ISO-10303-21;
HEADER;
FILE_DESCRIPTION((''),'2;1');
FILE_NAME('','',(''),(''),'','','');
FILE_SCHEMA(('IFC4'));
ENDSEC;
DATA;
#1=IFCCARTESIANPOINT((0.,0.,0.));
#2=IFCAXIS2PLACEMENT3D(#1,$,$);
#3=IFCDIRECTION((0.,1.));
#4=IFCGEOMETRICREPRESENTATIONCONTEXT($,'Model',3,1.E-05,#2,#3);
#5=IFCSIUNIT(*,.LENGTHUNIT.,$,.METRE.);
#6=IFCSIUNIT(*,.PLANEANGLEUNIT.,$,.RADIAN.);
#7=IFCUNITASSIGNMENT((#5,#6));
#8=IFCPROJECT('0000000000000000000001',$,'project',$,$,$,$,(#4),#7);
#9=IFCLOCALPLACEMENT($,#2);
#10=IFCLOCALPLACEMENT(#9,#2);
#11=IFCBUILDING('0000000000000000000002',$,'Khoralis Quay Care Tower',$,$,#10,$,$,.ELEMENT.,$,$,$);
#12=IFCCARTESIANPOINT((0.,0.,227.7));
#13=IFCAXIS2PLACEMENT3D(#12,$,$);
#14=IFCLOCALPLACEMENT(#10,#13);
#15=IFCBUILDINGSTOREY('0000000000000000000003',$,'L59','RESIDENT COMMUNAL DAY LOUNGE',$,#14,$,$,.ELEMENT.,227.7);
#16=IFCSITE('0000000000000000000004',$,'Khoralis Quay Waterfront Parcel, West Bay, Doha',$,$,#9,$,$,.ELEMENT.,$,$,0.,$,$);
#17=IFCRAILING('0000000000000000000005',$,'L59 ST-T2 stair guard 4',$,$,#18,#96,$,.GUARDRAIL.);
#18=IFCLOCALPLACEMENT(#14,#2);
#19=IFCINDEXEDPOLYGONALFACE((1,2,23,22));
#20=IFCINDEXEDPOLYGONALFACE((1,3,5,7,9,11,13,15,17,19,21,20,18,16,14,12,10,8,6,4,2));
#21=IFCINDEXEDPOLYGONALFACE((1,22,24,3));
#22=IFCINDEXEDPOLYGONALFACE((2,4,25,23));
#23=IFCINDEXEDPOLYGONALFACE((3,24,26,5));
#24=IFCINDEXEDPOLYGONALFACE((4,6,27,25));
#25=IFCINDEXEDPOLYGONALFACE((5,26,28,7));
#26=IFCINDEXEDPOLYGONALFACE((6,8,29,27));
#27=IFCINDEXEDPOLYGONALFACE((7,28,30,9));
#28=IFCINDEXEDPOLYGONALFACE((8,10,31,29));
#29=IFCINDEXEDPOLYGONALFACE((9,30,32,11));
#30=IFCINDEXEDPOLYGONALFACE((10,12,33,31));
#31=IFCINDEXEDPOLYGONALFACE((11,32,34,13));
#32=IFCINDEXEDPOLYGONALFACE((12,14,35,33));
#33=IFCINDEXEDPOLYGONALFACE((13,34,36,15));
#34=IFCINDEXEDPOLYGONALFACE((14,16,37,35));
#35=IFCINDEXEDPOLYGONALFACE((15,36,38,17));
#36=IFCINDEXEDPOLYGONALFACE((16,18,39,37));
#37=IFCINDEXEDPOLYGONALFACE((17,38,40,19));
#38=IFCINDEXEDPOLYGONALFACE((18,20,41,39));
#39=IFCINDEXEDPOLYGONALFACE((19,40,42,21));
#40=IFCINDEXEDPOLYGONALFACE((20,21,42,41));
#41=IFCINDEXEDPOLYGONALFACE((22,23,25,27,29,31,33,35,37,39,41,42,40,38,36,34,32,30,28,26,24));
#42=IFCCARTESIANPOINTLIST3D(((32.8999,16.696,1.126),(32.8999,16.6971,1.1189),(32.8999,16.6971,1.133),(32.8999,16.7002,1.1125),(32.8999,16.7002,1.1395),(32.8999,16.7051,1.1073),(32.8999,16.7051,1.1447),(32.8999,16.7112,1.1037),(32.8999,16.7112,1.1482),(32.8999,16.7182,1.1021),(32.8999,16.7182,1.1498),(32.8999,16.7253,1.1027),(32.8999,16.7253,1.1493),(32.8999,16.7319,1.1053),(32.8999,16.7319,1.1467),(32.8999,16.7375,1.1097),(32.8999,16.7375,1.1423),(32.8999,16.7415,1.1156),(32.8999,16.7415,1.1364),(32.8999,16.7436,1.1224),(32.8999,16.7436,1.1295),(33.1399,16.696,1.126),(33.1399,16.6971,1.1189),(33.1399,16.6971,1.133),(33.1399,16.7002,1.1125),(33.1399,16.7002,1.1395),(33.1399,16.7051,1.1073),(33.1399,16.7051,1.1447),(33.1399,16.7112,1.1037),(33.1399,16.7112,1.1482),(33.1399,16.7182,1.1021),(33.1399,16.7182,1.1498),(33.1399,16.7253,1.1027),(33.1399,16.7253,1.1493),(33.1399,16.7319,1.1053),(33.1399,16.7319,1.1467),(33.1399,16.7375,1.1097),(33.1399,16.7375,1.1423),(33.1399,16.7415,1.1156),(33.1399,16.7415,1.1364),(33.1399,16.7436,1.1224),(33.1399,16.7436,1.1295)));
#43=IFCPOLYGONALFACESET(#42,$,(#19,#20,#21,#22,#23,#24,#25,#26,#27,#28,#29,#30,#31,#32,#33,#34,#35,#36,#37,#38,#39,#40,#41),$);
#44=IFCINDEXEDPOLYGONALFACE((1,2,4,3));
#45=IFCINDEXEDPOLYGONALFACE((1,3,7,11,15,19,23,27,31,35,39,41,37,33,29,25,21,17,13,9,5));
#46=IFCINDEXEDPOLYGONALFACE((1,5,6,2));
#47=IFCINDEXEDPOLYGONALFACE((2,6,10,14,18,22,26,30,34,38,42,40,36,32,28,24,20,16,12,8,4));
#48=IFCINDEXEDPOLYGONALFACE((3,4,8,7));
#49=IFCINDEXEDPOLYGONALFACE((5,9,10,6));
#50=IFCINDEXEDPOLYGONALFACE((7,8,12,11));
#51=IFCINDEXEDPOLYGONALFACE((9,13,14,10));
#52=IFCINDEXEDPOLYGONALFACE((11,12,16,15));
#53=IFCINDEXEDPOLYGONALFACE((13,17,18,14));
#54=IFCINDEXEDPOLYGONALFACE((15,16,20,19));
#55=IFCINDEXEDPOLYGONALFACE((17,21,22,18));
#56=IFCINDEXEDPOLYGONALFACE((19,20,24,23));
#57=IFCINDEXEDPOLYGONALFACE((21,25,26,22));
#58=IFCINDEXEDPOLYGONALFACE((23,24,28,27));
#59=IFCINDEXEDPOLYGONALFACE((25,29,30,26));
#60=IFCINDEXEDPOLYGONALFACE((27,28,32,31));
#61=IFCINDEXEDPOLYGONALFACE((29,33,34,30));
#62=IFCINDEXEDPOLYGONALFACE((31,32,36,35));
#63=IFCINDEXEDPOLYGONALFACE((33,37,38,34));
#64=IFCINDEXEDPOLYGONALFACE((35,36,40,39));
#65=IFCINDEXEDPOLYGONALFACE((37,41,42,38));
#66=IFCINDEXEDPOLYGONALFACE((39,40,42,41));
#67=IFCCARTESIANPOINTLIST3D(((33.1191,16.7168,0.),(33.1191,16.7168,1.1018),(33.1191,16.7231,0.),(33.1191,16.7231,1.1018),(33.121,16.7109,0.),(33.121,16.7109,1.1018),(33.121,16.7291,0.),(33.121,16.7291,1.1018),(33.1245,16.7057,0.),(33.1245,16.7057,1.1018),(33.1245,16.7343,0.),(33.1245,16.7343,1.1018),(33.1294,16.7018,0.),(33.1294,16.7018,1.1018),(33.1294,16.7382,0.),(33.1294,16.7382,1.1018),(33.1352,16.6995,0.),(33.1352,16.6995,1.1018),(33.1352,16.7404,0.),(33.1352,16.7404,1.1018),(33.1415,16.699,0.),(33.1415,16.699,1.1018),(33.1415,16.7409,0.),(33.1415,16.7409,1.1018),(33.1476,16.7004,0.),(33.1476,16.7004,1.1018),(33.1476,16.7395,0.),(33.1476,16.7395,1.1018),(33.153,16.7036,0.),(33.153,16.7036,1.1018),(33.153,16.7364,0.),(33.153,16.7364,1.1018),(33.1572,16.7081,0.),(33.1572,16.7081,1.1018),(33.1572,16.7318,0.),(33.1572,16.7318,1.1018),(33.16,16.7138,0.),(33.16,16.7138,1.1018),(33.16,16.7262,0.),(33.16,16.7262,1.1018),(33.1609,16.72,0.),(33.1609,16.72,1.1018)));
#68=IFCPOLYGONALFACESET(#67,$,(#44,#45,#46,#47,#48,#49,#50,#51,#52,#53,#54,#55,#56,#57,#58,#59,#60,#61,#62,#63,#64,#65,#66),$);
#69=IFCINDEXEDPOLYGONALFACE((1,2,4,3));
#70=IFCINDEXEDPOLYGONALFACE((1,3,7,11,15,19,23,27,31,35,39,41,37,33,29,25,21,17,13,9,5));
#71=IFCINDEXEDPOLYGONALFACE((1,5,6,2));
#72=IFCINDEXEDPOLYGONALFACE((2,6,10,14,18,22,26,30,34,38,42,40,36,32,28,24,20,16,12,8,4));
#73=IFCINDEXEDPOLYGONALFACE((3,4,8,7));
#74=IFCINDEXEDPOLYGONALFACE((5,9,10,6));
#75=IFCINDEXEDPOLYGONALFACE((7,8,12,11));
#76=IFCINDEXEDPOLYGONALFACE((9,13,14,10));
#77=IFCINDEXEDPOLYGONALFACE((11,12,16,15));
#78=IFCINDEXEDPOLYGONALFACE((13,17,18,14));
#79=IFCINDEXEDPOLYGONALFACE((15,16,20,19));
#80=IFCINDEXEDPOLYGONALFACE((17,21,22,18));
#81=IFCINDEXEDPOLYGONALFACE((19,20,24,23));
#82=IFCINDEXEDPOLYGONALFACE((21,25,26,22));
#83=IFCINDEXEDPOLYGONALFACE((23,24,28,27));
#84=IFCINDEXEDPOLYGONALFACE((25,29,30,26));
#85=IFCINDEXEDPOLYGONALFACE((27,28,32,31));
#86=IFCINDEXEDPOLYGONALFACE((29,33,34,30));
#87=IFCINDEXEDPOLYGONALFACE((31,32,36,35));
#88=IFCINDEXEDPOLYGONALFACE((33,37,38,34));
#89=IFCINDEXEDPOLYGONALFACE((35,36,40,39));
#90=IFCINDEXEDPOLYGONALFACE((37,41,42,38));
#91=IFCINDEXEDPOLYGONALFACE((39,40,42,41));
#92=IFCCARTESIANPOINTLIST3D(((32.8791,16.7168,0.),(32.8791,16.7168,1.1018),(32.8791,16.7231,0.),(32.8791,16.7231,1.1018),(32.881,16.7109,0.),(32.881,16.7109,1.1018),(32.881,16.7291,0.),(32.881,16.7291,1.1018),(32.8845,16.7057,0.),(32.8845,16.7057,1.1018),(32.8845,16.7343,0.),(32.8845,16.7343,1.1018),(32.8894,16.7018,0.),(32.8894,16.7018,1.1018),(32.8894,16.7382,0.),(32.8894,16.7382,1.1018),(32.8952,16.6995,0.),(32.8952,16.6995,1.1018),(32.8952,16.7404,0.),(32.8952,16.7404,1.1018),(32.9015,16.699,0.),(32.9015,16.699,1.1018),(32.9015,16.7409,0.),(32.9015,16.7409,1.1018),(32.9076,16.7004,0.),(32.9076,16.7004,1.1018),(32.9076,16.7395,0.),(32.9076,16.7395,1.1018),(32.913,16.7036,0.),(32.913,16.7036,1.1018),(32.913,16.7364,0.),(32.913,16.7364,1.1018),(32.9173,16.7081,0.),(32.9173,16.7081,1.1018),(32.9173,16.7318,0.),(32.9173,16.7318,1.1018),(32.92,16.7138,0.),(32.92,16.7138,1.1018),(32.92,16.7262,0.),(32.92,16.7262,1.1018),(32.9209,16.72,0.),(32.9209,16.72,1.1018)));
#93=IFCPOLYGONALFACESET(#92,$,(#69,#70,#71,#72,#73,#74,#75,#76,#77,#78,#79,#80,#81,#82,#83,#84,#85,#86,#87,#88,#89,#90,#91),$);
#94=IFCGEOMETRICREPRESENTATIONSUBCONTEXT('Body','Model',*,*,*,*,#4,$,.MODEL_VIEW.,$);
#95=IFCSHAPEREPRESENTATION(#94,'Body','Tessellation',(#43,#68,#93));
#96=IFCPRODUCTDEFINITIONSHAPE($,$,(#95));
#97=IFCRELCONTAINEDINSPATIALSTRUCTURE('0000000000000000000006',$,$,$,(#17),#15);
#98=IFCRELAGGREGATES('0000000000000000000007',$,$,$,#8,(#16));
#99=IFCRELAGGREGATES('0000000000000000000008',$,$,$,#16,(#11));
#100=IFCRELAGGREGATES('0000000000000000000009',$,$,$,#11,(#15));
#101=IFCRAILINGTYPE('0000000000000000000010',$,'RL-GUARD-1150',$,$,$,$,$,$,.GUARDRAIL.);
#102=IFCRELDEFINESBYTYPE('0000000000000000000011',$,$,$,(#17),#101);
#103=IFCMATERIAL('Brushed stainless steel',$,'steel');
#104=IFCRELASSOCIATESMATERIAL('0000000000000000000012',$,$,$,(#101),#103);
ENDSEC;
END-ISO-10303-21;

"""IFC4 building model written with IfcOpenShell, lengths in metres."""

from ifc_helpers import new_model, si_unit, direction, frame, origin, origin_2d, place, context, subcontext, project, spatial, circle, extrude, material, type_object, element, save


model = new_model("IFC4")

# Units and contexts
model_context = context("Model", 3, precision=1e-05, world=origin(), true_north=direction((0.0, 1.0)))
body_context = subcontext(model_context, "Body", "Model", "MODEL_VIEW")
ifc_project = project(units=[si_unit("LENGTHUNIT", "METRE"), si_unit("PLANEANGLEUNIT", "RADIAN")], contexts=[model_context])

# Site, building, storey
site_placement = place(None, origin())
site = spatial("IfcSite", under=ifc_project, at=site_placement, Name="Khoralis Quay Waterfront Parcel, West Bay, Doha", CompositionType="ELEMENT", RefElevation=0.0)
building_placement = place(site_placement, origin())
building = spatial("IfcBuilding", under=site, at=building_placement, Name="Khoralis Quay Care Tower", CompositionType="ELEMENT")
storey_placement = place(building_placement, frame((0.0, 0.0, 227.7)))
storey = spatial("IfcBuildingStorey", under=building, at=storey_placement, Name="L59", Description="RESIDENT COMMUNAL DAY LOUNGE", CompositionType="ELEMENT", Elevation=227.7)

# Shared definitions
ifc_material_1 = material(Name="Brushed stainless steel", Category="steel")

# Railing
railing_type_1 = type_object("IfcRailingType", Name="RL-GUARD-1150", PredefinedType="GUARDRAIL", material=ifc_material_1)
railing_1_placement = place(storey_placement, frame((33.1399, 16.72, 0.0)))
element("IfcRailing", 1, at=railing_1_placement, inside=storey, type_object=railing_type_1, Name="L59 ST-T2 stair guard 4", PredefinedType="GUARDRAIL", context=body_context, shape_type="SweptSolid", body=[
    extrude(circle(Radius=0.0239, at=origin_2d()), frame((0.0, 0.0, 1.126), z_axis=(-1.0, 0.0, 0.0), x_axis=(0.0, -1.0, 0.0)), (0.0, 0.0, 1.0), 0.24),
    extrude(circle(Radius=0.021, at=origin_2d()), origin(), (0.0, 0.0, 1.0), 1.1018),
    extrude(circle(Radius=0.021, at=origin_2d()), frame((-0.24, 0.0, 0.0)), (0.0, 0.0, 1.0), 1.1018),
])

save(model, "model.ifc")
